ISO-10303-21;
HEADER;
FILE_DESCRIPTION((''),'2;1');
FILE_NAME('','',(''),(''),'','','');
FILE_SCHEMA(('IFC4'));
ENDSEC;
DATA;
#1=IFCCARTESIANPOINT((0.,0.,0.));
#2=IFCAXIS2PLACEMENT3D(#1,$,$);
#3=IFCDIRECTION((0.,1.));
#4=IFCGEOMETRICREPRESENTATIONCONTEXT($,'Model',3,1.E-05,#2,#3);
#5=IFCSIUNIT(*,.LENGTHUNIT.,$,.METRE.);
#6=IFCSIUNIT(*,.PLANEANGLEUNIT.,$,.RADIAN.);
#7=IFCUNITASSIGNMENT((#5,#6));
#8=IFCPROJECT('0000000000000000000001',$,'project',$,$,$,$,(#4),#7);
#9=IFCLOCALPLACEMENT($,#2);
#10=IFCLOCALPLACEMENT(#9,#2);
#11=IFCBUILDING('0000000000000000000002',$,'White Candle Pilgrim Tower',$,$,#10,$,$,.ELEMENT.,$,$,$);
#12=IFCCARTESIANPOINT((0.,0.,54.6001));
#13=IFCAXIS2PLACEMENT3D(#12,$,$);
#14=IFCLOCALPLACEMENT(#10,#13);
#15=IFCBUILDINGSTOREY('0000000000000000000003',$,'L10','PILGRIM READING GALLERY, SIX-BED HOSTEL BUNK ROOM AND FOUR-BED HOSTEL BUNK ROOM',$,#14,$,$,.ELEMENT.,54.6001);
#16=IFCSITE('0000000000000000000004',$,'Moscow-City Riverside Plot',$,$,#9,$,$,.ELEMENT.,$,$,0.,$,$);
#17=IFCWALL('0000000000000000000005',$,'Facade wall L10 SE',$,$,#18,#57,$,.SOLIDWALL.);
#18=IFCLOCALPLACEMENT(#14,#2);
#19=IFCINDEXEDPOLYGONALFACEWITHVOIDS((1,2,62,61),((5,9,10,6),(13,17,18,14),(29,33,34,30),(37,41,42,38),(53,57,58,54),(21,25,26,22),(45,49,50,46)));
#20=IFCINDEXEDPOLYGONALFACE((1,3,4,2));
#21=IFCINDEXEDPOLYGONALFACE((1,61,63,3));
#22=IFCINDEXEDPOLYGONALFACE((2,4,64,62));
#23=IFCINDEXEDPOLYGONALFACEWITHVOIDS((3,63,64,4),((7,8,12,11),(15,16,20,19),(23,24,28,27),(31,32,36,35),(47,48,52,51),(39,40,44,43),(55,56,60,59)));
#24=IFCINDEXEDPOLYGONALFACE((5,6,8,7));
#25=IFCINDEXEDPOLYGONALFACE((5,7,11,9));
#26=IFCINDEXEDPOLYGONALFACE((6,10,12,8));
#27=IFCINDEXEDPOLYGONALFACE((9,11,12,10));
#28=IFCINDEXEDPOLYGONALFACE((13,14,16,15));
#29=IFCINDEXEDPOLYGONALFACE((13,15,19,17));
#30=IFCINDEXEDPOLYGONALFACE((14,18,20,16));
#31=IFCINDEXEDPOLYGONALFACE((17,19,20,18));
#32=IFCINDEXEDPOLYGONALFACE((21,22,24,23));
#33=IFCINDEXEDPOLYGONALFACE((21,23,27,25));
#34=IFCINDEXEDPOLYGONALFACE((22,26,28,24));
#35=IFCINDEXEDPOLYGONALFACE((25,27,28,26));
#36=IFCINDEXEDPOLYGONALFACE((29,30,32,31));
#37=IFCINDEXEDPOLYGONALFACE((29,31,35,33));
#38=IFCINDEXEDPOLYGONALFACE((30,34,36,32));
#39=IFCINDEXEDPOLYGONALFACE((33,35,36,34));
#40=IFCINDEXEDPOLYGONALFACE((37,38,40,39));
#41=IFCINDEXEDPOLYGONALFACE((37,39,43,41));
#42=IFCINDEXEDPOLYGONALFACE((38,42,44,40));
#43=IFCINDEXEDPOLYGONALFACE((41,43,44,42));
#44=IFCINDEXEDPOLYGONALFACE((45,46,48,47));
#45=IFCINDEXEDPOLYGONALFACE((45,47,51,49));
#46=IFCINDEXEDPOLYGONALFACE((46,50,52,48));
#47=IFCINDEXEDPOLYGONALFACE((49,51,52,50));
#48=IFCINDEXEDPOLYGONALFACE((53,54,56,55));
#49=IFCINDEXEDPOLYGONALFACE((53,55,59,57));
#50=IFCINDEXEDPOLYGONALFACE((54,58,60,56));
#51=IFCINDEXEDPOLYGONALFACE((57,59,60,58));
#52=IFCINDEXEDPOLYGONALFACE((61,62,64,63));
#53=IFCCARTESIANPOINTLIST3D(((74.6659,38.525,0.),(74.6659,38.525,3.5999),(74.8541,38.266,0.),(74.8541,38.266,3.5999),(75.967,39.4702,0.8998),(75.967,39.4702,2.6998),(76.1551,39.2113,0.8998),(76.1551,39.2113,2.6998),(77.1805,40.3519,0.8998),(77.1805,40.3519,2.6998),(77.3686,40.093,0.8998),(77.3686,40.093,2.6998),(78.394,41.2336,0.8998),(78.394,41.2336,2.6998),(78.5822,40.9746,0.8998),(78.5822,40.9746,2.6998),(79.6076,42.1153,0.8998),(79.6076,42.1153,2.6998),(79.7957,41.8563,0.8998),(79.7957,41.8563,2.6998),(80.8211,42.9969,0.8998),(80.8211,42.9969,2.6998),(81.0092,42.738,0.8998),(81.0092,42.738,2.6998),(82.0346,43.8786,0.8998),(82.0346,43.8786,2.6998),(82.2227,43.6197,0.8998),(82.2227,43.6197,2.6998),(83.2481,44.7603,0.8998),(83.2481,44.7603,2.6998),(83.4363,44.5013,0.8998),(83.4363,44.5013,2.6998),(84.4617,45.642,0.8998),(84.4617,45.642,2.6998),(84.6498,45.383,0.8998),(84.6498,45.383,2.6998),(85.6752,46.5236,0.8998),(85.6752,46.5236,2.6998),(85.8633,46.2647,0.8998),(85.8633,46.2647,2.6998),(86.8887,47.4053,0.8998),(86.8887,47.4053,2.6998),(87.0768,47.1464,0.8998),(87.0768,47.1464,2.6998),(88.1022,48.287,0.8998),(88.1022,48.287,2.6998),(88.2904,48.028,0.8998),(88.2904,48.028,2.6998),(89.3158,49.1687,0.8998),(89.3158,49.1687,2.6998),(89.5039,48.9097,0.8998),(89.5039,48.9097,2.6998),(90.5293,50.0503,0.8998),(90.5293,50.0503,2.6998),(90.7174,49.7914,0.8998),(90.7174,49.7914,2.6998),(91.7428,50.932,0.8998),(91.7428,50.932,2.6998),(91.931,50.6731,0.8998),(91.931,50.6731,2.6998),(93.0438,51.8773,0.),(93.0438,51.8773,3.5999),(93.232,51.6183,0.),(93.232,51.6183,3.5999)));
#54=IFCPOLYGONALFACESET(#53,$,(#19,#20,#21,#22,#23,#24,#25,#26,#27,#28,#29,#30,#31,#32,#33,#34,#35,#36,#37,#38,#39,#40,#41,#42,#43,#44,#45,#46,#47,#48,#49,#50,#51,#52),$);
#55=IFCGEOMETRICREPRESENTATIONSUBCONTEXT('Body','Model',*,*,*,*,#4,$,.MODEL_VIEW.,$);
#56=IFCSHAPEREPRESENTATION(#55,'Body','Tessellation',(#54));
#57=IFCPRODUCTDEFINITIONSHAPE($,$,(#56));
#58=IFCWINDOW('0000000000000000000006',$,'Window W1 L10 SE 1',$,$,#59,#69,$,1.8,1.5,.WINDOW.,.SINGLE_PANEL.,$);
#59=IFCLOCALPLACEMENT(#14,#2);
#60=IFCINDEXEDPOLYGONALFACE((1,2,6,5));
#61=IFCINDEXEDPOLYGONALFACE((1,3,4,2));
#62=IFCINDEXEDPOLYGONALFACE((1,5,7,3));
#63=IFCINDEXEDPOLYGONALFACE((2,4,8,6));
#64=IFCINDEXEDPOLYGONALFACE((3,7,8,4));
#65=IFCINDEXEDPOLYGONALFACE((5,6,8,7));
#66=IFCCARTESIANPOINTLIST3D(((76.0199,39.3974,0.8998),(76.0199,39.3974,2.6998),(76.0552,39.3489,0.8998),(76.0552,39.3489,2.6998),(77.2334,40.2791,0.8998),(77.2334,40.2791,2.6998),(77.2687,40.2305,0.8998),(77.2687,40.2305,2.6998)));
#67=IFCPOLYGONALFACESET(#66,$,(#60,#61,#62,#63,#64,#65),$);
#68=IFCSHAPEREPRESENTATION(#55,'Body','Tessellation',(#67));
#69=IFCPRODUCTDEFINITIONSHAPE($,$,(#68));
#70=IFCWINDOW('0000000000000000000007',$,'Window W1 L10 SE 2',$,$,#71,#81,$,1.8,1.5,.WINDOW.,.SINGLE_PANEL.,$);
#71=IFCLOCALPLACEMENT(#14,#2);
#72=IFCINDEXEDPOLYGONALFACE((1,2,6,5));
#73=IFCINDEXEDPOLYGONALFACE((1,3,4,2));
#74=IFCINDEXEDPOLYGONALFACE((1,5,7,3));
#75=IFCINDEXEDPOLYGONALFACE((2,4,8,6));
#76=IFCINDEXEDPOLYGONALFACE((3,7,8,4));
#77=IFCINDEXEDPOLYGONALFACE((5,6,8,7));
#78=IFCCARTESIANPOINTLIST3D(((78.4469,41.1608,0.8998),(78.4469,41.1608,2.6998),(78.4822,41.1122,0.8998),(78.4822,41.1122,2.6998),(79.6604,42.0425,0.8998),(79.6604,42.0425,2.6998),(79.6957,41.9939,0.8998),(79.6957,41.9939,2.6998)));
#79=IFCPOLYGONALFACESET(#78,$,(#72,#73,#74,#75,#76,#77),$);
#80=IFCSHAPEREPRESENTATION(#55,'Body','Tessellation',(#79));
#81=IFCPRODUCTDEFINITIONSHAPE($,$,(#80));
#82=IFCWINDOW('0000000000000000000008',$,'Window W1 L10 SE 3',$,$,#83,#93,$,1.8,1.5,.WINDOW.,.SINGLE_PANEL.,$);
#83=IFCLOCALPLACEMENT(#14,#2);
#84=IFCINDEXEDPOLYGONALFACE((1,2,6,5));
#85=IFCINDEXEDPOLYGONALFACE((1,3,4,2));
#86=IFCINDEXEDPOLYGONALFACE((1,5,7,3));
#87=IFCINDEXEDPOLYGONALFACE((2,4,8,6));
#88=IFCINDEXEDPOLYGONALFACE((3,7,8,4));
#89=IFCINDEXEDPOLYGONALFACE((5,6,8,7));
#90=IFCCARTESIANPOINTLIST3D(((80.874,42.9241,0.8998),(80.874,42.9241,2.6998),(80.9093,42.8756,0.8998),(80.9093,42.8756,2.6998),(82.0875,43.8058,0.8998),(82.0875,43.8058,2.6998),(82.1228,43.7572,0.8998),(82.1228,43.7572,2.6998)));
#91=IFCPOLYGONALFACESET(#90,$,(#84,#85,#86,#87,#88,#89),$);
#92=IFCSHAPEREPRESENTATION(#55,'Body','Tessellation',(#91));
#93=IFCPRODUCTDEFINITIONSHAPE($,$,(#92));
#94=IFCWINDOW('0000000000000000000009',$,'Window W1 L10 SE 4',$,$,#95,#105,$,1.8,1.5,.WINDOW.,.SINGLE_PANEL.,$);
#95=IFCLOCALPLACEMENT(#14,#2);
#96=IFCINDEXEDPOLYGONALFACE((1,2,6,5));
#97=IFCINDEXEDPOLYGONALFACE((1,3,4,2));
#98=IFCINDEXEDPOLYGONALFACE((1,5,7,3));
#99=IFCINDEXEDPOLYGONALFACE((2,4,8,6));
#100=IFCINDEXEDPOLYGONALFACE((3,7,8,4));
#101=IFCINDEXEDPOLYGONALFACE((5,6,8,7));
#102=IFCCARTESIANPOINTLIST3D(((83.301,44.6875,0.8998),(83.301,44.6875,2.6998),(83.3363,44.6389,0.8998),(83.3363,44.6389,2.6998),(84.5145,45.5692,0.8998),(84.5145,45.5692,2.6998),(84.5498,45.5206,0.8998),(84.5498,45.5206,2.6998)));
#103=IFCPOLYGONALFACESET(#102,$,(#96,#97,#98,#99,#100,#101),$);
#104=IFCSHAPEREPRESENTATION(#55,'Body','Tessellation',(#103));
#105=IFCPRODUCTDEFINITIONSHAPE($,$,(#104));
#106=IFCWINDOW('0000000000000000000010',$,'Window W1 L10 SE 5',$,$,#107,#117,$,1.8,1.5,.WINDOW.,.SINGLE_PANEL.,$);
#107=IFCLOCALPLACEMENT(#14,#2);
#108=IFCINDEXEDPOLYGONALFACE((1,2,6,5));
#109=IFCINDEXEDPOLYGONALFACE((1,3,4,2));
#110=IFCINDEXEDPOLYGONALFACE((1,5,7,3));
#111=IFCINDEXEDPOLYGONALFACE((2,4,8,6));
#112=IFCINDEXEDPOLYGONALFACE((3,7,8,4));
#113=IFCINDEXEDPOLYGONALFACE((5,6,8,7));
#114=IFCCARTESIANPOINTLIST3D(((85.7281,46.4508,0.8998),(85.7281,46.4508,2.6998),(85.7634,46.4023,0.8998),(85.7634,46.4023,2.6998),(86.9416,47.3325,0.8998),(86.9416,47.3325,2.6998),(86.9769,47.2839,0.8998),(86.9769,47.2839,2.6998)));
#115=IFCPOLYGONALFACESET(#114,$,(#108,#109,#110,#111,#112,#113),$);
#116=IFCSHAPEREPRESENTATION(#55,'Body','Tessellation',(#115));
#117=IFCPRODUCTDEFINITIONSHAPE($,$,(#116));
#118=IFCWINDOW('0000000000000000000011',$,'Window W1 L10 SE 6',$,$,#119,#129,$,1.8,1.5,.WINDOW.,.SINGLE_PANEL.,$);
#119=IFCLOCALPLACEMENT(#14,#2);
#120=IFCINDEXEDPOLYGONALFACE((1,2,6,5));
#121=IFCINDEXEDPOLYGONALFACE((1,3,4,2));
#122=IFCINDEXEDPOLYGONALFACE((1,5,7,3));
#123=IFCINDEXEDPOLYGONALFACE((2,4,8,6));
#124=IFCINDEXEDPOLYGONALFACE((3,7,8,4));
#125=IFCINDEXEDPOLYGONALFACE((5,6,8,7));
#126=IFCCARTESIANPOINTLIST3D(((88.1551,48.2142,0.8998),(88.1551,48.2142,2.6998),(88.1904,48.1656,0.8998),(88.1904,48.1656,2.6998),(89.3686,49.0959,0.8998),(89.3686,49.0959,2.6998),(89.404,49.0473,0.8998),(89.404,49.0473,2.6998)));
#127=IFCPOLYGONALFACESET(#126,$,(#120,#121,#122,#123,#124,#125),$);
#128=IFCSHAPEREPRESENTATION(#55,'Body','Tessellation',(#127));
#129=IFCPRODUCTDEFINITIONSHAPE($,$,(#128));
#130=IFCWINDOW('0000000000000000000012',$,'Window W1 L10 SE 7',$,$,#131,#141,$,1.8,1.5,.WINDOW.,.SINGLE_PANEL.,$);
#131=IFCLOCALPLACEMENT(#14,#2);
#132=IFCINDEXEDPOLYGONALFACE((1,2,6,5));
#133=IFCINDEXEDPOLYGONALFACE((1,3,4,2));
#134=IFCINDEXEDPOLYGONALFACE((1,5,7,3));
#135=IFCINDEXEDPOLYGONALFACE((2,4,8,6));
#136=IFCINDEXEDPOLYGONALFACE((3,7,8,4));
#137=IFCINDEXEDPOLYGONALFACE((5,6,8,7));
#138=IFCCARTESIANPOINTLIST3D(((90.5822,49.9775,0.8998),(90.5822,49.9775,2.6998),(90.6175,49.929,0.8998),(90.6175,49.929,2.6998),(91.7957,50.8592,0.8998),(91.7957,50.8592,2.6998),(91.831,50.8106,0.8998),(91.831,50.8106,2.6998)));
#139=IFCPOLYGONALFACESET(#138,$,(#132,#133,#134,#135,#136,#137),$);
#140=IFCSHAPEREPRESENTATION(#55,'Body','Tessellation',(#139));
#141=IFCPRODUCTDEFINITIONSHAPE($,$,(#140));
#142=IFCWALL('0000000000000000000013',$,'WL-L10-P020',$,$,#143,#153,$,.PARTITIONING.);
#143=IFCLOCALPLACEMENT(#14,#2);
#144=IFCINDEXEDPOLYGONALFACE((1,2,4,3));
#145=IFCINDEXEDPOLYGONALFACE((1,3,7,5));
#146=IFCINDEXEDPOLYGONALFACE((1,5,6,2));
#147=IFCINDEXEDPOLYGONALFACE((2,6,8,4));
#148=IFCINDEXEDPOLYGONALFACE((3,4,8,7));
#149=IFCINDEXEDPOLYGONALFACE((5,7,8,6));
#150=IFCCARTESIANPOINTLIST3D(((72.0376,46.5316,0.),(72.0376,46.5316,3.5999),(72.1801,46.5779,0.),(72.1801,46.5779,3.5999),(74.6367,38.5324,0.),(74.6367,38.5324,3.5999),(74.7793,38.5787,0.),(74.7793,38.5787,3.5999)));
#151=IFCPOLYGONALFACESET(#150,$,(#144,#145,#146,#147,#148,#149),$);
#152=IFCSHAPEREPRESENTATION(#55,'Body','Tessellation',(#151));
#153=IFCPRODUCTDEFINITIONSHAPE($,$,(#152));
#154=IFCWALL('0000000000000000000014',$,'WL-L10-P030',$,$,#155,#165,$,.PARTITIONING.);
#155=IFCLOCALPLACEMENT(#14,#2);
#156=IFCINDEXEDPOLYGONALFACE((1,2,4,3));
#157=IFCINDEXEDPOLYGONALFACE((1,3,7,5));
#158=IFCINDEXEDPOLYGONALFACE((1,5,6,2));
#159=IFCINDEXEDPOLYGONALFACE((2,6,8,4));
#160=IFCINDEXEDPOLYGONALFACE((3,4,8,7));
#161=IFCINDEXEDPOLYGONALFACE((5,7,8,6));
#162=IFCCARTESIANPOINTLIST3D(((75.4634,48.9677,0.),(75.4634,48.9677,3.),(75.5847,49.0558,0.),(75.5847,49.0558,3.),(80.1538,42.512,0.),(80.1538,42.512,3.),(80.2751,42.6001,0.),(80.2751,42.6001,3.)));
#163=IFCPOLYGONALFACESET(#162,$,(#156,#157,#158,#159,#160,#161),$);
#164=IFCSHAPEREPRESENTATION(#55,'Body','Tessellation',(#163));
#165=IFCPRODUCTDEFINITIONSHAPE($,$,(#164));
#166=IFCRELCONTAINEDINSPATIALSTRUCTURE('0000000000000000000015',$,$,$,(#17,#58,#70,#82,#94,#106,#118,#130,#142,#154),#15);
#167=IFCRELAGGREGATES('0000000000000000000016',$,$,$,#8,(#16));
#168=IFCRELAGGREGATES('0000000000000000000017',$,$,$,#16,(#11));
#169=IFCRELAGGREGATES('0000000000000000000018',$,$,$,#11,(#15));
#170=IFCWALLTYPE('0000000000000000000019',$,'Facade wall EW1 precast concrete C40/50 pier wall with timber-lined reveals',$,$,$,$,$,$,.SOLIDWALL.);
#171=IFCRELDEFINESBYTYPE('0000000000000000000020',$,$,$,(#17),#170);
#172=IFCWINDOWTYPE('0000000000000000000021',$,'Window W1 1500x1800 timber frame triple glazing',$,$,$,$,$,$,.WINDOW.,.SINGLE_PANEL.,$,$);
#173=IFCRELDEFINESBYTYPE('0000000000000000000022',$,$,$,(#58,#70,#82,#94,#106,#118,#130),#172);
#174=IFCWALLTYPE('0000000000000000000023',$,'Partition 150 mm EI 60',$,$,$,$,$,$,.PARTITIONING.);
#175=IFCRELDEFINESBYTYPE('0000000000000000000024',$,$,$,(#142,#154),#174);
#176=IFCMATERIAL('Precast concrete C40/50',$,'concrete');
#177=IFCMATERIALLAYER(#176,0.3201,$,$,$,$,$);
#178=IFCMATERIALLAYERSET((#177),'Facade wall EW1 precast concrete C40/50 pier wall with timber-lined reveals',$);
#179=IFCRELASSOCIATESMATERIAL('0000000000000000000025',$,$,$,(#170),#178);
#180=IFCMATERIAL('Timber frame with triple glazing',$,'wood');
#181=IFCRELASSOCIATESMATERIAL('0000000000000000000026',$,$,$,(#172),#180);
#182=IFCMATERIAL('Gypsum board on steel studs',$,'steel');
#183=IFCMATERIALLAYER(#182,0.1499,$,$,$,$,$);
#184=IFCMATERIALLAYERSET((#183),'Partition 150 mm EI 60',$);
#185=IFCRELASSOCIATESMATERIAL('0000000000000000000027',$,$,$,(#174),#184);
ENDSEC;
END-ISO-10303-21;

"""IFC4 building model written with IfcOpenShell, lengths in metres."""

from ifc_helpers import new_model, si_unit, direction, frame, frame_2d, origin, place, context, subcontext, project, spatial, rectangle, extrude, material, layer, layer_set, type_object, element, fill, save


model = new_model("IFC4")

# Units and contexts
model_context = context("Model", 3, precision=1e-05, world=origin(), true_north=direction((0.0, 1.0)))
body_context = subcontext(model_context, "Body", "Model", "MODEL_VIEW")
ifc_project = project(units=[si_unit("LENGTHUNIT", "METRE"), si_unit("PLANEANGLEUNIT", "RADIAN")], contexts=[model_context])

# Site, building, storey
site_placement = place(None, origin())
site = spatial("IfcSite", under=ifc_project, at=site_placement, Name="Moscow-City Riverside Plot", CompositionType="ELEMENT", RefElevation=0.0)
building_placement = place(site_placement, origin())
building = spatial("IfcBuilding", under=site, at=building_placement, Name="White Candle Pilgrim Tower", CompositionType="ELEMENT")
storey_placement = place(building_placement, frame((0.0, 0.0, 54.6001)))
storey = spatial("IfcBuildingStorey", under=building, at=storey_placement, Name="L10", Description="PILGRIM READING GALLERY, SIX-BED HOSTEL BUNK ROOM AND FOUR-BED HOSTEL BUNK ROOM", CompositionType="ELEMENT", Elevation=54.6001)

# Shared definitions
ifc_material_1 = material(Name="Gypsum board on steel studs", Category="steel")

# Wall, openings, windows
ifc_material_2 = material(Name="Precast concrete C40/50", Category="concrete")
ifc_layer_1 = layer(ifc_material_2, 0.3201)
ifc_layer_set_1 = layer_set([ifc_layer_1], Name="Facade wall EW1 precast concrete C40/50 pier wall with timber-lined reveals")
wall_type_1 = type_object("IfcWallType", Name="Facade wall EW1 precast concrete C40/50 pier wall with timber-lined reveals", PredefinedType="SOLIDWALL", material=ifc_layer_set_1)
wall_1_placement = place(storey_placement, frame((74.76, 38.3955, 0.0), z_axis=(0.0, 0.0, 1.0), x_axis=(0.809018, 0.587784, 0.0)))
wall_1 = element("IfcWall", 1, at=wall_1_placement, inside=storey, type_object=wall_type_1, Name="Facade wall L10 SE", PredefinedType="SOLIDWALL", context=body_context, shape_type="SweptSolid", body=[
    extrude(rectangle(XDim=22.7163, YDim=0.3201, at=frame_2d((11.3582, 0.0))), origin(), (0.0, 0.0, 1.0), 3.5999),
])
opening_1_placement = place(wall_1_placement, frame((1.6082, 0.0, 0.8999)))
opening_1 = element("IfcOpeningElement", 2, at=opening_1_placement, cuts=wall_1, PredefinedType="OPENING", context=body_context, shape_type="SweptSolid", body=[
    extrude(rectangle(XDim=1.5, YDim=1.8, at=frame_2d((0.75, 0.8999))), frame((0.0, 0.1699, 0.0), z_axis=(0.0, -1.0, 0.0), x_axis=(1.0, 0.0, 0.0)), (0.0, 0.0, 1.0), 0.3401),
])
opening_2_placement = place(wall_1_placement, frame((4.6082, 0.0, 0.8999)))
opening_2 = element("IfcOpeningElement", 3, at=opening_2_placement, cuts=wall_1, PredefinedType="OPENING", context=body_context, shape_type="SweptSolid", body=[
    extrude(rectangle(XDim=1.5, YDim=1.8, at=frame_2d((0.75, 0.8999))), frame((0.0, 0.1699, 0.0), z_axis=(0.0, -1.0, 0.0), x_axis=(1.0, 0.0, 0.0)), (0.0, 0.0, 1.0), 0.3401),
])
opening_3_placement = place(wall_1_placement, frame((7.6082, 0.0, 0.8999)))
opening_3 = element("IfcOpeningElement", 4, at=opening_3_placement, cuts=wall_1, PredefinedType="OPENING", context=body_context, shape_type="SweptSolid", body=[
    extrude(rectangle(XDim=1.5, YDim=1.8, at=frame_2d((0.75, 0.8999))), frame((0.0, 0.1699, 0.0), z_axis=(0.0, -1.0, 0.0), x_axis=(1.0, 0.0, 0.0)), (0.0, 0.0, 1.0), 0.3401),
])
opening_4_placement = place(wall_1_placement, frame((10.6082, 0.0, 0.8999)))
opening_4 = element("IfcOpeningElement", 5, at=opening_4_placement, cuts=wall_1, PredefinedType="OPENING", context=body_context, shape_type="SweptSolid", body=[
    extrude(rectangle(XDim=1.5, YDim=1.8, at=frame_2d((0.75, 0.8999))), frame((0.0, 0.1699, 0.0), z_axis=(0.0, -1.0, 0.0), x_axis=(1.0, 0.0, 0.0)), (0.0, 0.0, 1.0), 0.3401),
])
opening_5_placement = place(wall_1_placement, frame((13.6082, 0.0, 0.8999)))
opening_5 = element("IfcOpeningElement", 6, at=opening_5_placement, cuts=wall_1, PredefinedType="OPENING", context=body_context, shape_type="SweptSolid", body=[
    extrude(rectangle(XDim=1.5, YDim=1.8, at=frame_2d((0.75, 0.8999))), frame((0.0, 0.1699, 0.0), z_axis=(0.0, -1.0, 0.0), x_axis=(1.0, 0.0, 0.0)), (0.0, 0.0, 1.0), 0.3401),
])
opening_6_placement = place(wall_1_placement, frame((16.6082, 0.0, 0.8999)))
opening_6 = element("IfcOpeningElement", 7, at=opening_6_placement, cuts=wall_1, PredefinedType="OPENING", context=body_context, shape_type="SweptSolid", body=[
    extrude(rectangle(XDim=1.5, YDim=1.8, at=frame_2d((0.75, 0.8999))), frame((0.0, 0.1699, 0.0), z_axis=(0.0, -1.0, 0.0), x_axis=(1.0, 0.0, 0.0)), (0.0, 0.0, 1.0), 0.3401),
])
opening_7_placement = place(wall_1_placement, frame((19.6082, 0.0, 0.8999)))
opening_7 = element("IfcOpeningElement", 8, at=opening_7_placement, cuts=wall_1, PredefinedType="OPENING", context=body_context, shape_type="SweptSolid", body=[
    extrude(rectangle(XDim=1.5, YDim=1.8, at=frame_2d((0.75, 0.8999))), frame((0.0, 0.1699, 0.0), z_axis=(0.0, -1.0, 0.0), x_axis=(1.0, 0.0, 0.0)), (0.0, 0.0, 1.0), 0.3401),
])
ifc_material_3 = material(Name="Timber frame with triple glazing", Category="wood")
window_type = type_object("IfcWindowType", Name="Window W1 1500x1800 timber frame triple glazing", PartitioningType="SINGLE_PANEL", PredefinedType="WINDOW", material=ifc_material_3)
window_1_placement = place(opening_1_placement, origin())
window_1 = element("IfcWindow", 9, at=window_1_placement, inside=storey, type_object=window_type, Name="Window W1 L10 SE 1", OverallHeight=1.8, OverallWidth=1.5, PartitioningType="SINGLE_PANEL", PredefinedType="WINDOW", context=body_context, shape_type="SweptSolid", body=[
    extrude(rectangle(XDim=1.5, YDim=1.8, at=frame_2d((0.75, 0.8999))), frame((0.0, 0.0701, 0.0), z_axis=(0.0, -1.0, 0.0), x_axis=(1.0, 0.0, 0.0)), (0.0, 0.0, 1.0), 0.0601),
])
fill(opening_1, window_1)
window_2_placement = place(opening_2_placement, origin())
window_2 = element("IfcWindow", 10, at=window_2_placement, inside=storey, type_object=window_type, Name="Window W1 L10 SE 2", OverallHeight=1.8, OverallWidth=1.5, PartitioningType="SINGLE_PANEL", PredefinedType="WINDOW", context=body_context, shape_type="SweptSolid", body=[
    extrude(rectangle(XDim=1.5, YDim=1.8, at=frame_2d((0.75, 0.8999))), frame((0.0, 0.0701, 0.0), z_axis=(0.0, -1.0, 0.0), x_axis=(1.0, 0.0, 0.0)), (0.0, 0.0, 1.0), 0.0601),
])
fill(opening_2, window_2)
window_3_placement = place(opening_3_placement, origin())
window_3 = element("IfcWindow", 11, at=window_3_placement, inside=storey, type_object=window_type, Name="Window W1 L10 SE 3", OverallHeight=1.8, OverallWidth=1.5, PartitioningType="SINGLE_PANEL", PredefinedType="WINDOW", context=body_context, shape_type="SweptSolid", body=[
    extrude(rectangle(XDim=1.5, YDim=1.8, at=frame_2d((0.75, 0.8999))), frame((0.0, 0.0701, 0.0), z_axis=(0.0, -1.0, 0.0), x_axis=(1.0, 0.0, 0.0)), (0.0, 0.0, 1.0), 0.0601),
])
fill(opening_3, window_3)
window_4_placement = place(opening_4_placement, origin())
window_4 = element("IfcWindow", 12, at=window_4_placement, inside=storey, type_object=window_type, Name="Window W1 L10 SE 4", OverallHeight=1.8, OverallWidth=1.5, PartitioningType="SINGLE_PANEL", PredefinedType="WINDOW", context=body_context, shape_type="SweptSolid", body=[
    extrude(rectangle(XDim=1.5, YDim=1.8, at=frame_2d((0.75, 0.8999))), frame((0.0, 0.0701, 0.0), z_axis=(0.0, -1.0, 0.0), x_axis=(1.0, 0.0, 0.0)), (0.0, 0.0, 1.0), 0.0601),
])
fill(opening_4, window_4)
window_5_placement = place(opening_5_placement, origin())
window_5 = element("IfcWindow", 13, at=window_5_placement, inside=storey, type_object=window_type, Name="Window W1 L10 SE 5", OverallHeight=1.8, OverallWidth=1.5, PartitioningType="SINGLE_PANEL", PredefinedType="WINDOW", context=body_context, shape_type="SweptSolid", body=[
    extrude(rectangle(XDim=1.5, YDim=1.8, at=frame_2d((0.75, 0.8999))), frame((0.0, 0.0701, 0.0), z_axis=(0.0, -1.0, 0.0), x_axis=(1.0, 0.0, 0.0)), (0.0, 0.0, 1.0), 0.0601),
])
fill(opening_5, window_5)
window_6_placement = place(opening_6_placement, origin())
window_6 = element("IfcWindow", 14, at=window_6_placement, inside=storey, type_object=window_type, Name="Window W1 L10 SE 6", OverallHeight=1.8, OverallWidth=1.5, PartitioningType="SINGLE_PANEL", PredefinedType="WINDOW", context=body_context, shape_type="SweptSolid", body=[
    extrude(rectangle(XDim=1.5, YDim=1.8, at=frame_2d((0.75, 0.8999))), frame((0.0, 0.0701, 0.0), z_axis=(0.0, -1.0, 0.0), x_axis=(1.0, 0.0, 0.0)), (0.0, 0.0, 1.0), 0.0601),
])
fill(opening_6, window_6)
window_7_placement = place(opening_7_placement, origin())
window_7 = element("IfcWindow", 15, at=window_7_placement, inside=storey, type_object=window_type, Name="Window W1 L10 SE 7", OverallHeight=1.8, OverallWidth=1.5, PartitioningType="SINGLE_PANEL", PredefinedType="WINDOW", context=body_context, shape_type="SweptSolid", body=[
    extrude(rectangle(XDim=1.5, YDim=1.8, at=frame_2d((0.75, 0.8999))), frame((0.0, 0.0701, 0.0), z_axis=(0.0, -1.0, 0.0), x_axis=(1.0, 0.0, 0.0)), (0.0, 0.0, 1.0), 0.0601),
])
fill(opening_7, window_7)

# Walls
ifc_layer_2 = layer(ifc_material_1, 0.1499)
ifc_layer_set_2 = layer_set([ifc_layer_2], Name="Partition 150 mm EI 60")
wall_type_2 = type_object("IfcWallType", Name="Partition 150 mm EI 60", PredefinedType="PARTITIONING", material=ifc_layer_set_2)
wall_2_placement = place(storey_placement, frame((74.708, 38.5554, 0.0), z_axis=(0.0, 0.0, 1.0), x_axis=(-0.309017, 0.951056, 0.0)))
element("IfcWall", 16, at=wall_2_placement, inside=storey, type_object=wall_type_2, Name="WL-L10-P020", PredefinedType="PARTITIONING", context=body_context, shape_type="SweptSolid", body=[
    extrude(rectangle(XDim=8.4109, YDim=0.1499, at=frame_2d((4.2056, 0.0))), origin(), (0.0, 0.0, 1.0), 3.5999),
])
wall_3_placement = place(storey_placement, frame((80.2144, 42.5562, 0.0), z_axis=(0.0, 0.0, 1.0), x_axis=(-0.587786, 0.809016, 0.0)))
element("IfcWall", 17, at=wall_3_placement, inside=storey, type_object=wall_type_2, Name="WL-L10-P030", PredefinedType="PARTITIONING", context=body_context, shape_type="SweptSolid", body=[
    extrude(rectangle(XDim=7.9797, YDim=0.1499, at=frame_2d((3.9897, 0.0))), origin(), (0.0, 0.0, 1.0), 3.0),
])

save(model, "model.ifc")
